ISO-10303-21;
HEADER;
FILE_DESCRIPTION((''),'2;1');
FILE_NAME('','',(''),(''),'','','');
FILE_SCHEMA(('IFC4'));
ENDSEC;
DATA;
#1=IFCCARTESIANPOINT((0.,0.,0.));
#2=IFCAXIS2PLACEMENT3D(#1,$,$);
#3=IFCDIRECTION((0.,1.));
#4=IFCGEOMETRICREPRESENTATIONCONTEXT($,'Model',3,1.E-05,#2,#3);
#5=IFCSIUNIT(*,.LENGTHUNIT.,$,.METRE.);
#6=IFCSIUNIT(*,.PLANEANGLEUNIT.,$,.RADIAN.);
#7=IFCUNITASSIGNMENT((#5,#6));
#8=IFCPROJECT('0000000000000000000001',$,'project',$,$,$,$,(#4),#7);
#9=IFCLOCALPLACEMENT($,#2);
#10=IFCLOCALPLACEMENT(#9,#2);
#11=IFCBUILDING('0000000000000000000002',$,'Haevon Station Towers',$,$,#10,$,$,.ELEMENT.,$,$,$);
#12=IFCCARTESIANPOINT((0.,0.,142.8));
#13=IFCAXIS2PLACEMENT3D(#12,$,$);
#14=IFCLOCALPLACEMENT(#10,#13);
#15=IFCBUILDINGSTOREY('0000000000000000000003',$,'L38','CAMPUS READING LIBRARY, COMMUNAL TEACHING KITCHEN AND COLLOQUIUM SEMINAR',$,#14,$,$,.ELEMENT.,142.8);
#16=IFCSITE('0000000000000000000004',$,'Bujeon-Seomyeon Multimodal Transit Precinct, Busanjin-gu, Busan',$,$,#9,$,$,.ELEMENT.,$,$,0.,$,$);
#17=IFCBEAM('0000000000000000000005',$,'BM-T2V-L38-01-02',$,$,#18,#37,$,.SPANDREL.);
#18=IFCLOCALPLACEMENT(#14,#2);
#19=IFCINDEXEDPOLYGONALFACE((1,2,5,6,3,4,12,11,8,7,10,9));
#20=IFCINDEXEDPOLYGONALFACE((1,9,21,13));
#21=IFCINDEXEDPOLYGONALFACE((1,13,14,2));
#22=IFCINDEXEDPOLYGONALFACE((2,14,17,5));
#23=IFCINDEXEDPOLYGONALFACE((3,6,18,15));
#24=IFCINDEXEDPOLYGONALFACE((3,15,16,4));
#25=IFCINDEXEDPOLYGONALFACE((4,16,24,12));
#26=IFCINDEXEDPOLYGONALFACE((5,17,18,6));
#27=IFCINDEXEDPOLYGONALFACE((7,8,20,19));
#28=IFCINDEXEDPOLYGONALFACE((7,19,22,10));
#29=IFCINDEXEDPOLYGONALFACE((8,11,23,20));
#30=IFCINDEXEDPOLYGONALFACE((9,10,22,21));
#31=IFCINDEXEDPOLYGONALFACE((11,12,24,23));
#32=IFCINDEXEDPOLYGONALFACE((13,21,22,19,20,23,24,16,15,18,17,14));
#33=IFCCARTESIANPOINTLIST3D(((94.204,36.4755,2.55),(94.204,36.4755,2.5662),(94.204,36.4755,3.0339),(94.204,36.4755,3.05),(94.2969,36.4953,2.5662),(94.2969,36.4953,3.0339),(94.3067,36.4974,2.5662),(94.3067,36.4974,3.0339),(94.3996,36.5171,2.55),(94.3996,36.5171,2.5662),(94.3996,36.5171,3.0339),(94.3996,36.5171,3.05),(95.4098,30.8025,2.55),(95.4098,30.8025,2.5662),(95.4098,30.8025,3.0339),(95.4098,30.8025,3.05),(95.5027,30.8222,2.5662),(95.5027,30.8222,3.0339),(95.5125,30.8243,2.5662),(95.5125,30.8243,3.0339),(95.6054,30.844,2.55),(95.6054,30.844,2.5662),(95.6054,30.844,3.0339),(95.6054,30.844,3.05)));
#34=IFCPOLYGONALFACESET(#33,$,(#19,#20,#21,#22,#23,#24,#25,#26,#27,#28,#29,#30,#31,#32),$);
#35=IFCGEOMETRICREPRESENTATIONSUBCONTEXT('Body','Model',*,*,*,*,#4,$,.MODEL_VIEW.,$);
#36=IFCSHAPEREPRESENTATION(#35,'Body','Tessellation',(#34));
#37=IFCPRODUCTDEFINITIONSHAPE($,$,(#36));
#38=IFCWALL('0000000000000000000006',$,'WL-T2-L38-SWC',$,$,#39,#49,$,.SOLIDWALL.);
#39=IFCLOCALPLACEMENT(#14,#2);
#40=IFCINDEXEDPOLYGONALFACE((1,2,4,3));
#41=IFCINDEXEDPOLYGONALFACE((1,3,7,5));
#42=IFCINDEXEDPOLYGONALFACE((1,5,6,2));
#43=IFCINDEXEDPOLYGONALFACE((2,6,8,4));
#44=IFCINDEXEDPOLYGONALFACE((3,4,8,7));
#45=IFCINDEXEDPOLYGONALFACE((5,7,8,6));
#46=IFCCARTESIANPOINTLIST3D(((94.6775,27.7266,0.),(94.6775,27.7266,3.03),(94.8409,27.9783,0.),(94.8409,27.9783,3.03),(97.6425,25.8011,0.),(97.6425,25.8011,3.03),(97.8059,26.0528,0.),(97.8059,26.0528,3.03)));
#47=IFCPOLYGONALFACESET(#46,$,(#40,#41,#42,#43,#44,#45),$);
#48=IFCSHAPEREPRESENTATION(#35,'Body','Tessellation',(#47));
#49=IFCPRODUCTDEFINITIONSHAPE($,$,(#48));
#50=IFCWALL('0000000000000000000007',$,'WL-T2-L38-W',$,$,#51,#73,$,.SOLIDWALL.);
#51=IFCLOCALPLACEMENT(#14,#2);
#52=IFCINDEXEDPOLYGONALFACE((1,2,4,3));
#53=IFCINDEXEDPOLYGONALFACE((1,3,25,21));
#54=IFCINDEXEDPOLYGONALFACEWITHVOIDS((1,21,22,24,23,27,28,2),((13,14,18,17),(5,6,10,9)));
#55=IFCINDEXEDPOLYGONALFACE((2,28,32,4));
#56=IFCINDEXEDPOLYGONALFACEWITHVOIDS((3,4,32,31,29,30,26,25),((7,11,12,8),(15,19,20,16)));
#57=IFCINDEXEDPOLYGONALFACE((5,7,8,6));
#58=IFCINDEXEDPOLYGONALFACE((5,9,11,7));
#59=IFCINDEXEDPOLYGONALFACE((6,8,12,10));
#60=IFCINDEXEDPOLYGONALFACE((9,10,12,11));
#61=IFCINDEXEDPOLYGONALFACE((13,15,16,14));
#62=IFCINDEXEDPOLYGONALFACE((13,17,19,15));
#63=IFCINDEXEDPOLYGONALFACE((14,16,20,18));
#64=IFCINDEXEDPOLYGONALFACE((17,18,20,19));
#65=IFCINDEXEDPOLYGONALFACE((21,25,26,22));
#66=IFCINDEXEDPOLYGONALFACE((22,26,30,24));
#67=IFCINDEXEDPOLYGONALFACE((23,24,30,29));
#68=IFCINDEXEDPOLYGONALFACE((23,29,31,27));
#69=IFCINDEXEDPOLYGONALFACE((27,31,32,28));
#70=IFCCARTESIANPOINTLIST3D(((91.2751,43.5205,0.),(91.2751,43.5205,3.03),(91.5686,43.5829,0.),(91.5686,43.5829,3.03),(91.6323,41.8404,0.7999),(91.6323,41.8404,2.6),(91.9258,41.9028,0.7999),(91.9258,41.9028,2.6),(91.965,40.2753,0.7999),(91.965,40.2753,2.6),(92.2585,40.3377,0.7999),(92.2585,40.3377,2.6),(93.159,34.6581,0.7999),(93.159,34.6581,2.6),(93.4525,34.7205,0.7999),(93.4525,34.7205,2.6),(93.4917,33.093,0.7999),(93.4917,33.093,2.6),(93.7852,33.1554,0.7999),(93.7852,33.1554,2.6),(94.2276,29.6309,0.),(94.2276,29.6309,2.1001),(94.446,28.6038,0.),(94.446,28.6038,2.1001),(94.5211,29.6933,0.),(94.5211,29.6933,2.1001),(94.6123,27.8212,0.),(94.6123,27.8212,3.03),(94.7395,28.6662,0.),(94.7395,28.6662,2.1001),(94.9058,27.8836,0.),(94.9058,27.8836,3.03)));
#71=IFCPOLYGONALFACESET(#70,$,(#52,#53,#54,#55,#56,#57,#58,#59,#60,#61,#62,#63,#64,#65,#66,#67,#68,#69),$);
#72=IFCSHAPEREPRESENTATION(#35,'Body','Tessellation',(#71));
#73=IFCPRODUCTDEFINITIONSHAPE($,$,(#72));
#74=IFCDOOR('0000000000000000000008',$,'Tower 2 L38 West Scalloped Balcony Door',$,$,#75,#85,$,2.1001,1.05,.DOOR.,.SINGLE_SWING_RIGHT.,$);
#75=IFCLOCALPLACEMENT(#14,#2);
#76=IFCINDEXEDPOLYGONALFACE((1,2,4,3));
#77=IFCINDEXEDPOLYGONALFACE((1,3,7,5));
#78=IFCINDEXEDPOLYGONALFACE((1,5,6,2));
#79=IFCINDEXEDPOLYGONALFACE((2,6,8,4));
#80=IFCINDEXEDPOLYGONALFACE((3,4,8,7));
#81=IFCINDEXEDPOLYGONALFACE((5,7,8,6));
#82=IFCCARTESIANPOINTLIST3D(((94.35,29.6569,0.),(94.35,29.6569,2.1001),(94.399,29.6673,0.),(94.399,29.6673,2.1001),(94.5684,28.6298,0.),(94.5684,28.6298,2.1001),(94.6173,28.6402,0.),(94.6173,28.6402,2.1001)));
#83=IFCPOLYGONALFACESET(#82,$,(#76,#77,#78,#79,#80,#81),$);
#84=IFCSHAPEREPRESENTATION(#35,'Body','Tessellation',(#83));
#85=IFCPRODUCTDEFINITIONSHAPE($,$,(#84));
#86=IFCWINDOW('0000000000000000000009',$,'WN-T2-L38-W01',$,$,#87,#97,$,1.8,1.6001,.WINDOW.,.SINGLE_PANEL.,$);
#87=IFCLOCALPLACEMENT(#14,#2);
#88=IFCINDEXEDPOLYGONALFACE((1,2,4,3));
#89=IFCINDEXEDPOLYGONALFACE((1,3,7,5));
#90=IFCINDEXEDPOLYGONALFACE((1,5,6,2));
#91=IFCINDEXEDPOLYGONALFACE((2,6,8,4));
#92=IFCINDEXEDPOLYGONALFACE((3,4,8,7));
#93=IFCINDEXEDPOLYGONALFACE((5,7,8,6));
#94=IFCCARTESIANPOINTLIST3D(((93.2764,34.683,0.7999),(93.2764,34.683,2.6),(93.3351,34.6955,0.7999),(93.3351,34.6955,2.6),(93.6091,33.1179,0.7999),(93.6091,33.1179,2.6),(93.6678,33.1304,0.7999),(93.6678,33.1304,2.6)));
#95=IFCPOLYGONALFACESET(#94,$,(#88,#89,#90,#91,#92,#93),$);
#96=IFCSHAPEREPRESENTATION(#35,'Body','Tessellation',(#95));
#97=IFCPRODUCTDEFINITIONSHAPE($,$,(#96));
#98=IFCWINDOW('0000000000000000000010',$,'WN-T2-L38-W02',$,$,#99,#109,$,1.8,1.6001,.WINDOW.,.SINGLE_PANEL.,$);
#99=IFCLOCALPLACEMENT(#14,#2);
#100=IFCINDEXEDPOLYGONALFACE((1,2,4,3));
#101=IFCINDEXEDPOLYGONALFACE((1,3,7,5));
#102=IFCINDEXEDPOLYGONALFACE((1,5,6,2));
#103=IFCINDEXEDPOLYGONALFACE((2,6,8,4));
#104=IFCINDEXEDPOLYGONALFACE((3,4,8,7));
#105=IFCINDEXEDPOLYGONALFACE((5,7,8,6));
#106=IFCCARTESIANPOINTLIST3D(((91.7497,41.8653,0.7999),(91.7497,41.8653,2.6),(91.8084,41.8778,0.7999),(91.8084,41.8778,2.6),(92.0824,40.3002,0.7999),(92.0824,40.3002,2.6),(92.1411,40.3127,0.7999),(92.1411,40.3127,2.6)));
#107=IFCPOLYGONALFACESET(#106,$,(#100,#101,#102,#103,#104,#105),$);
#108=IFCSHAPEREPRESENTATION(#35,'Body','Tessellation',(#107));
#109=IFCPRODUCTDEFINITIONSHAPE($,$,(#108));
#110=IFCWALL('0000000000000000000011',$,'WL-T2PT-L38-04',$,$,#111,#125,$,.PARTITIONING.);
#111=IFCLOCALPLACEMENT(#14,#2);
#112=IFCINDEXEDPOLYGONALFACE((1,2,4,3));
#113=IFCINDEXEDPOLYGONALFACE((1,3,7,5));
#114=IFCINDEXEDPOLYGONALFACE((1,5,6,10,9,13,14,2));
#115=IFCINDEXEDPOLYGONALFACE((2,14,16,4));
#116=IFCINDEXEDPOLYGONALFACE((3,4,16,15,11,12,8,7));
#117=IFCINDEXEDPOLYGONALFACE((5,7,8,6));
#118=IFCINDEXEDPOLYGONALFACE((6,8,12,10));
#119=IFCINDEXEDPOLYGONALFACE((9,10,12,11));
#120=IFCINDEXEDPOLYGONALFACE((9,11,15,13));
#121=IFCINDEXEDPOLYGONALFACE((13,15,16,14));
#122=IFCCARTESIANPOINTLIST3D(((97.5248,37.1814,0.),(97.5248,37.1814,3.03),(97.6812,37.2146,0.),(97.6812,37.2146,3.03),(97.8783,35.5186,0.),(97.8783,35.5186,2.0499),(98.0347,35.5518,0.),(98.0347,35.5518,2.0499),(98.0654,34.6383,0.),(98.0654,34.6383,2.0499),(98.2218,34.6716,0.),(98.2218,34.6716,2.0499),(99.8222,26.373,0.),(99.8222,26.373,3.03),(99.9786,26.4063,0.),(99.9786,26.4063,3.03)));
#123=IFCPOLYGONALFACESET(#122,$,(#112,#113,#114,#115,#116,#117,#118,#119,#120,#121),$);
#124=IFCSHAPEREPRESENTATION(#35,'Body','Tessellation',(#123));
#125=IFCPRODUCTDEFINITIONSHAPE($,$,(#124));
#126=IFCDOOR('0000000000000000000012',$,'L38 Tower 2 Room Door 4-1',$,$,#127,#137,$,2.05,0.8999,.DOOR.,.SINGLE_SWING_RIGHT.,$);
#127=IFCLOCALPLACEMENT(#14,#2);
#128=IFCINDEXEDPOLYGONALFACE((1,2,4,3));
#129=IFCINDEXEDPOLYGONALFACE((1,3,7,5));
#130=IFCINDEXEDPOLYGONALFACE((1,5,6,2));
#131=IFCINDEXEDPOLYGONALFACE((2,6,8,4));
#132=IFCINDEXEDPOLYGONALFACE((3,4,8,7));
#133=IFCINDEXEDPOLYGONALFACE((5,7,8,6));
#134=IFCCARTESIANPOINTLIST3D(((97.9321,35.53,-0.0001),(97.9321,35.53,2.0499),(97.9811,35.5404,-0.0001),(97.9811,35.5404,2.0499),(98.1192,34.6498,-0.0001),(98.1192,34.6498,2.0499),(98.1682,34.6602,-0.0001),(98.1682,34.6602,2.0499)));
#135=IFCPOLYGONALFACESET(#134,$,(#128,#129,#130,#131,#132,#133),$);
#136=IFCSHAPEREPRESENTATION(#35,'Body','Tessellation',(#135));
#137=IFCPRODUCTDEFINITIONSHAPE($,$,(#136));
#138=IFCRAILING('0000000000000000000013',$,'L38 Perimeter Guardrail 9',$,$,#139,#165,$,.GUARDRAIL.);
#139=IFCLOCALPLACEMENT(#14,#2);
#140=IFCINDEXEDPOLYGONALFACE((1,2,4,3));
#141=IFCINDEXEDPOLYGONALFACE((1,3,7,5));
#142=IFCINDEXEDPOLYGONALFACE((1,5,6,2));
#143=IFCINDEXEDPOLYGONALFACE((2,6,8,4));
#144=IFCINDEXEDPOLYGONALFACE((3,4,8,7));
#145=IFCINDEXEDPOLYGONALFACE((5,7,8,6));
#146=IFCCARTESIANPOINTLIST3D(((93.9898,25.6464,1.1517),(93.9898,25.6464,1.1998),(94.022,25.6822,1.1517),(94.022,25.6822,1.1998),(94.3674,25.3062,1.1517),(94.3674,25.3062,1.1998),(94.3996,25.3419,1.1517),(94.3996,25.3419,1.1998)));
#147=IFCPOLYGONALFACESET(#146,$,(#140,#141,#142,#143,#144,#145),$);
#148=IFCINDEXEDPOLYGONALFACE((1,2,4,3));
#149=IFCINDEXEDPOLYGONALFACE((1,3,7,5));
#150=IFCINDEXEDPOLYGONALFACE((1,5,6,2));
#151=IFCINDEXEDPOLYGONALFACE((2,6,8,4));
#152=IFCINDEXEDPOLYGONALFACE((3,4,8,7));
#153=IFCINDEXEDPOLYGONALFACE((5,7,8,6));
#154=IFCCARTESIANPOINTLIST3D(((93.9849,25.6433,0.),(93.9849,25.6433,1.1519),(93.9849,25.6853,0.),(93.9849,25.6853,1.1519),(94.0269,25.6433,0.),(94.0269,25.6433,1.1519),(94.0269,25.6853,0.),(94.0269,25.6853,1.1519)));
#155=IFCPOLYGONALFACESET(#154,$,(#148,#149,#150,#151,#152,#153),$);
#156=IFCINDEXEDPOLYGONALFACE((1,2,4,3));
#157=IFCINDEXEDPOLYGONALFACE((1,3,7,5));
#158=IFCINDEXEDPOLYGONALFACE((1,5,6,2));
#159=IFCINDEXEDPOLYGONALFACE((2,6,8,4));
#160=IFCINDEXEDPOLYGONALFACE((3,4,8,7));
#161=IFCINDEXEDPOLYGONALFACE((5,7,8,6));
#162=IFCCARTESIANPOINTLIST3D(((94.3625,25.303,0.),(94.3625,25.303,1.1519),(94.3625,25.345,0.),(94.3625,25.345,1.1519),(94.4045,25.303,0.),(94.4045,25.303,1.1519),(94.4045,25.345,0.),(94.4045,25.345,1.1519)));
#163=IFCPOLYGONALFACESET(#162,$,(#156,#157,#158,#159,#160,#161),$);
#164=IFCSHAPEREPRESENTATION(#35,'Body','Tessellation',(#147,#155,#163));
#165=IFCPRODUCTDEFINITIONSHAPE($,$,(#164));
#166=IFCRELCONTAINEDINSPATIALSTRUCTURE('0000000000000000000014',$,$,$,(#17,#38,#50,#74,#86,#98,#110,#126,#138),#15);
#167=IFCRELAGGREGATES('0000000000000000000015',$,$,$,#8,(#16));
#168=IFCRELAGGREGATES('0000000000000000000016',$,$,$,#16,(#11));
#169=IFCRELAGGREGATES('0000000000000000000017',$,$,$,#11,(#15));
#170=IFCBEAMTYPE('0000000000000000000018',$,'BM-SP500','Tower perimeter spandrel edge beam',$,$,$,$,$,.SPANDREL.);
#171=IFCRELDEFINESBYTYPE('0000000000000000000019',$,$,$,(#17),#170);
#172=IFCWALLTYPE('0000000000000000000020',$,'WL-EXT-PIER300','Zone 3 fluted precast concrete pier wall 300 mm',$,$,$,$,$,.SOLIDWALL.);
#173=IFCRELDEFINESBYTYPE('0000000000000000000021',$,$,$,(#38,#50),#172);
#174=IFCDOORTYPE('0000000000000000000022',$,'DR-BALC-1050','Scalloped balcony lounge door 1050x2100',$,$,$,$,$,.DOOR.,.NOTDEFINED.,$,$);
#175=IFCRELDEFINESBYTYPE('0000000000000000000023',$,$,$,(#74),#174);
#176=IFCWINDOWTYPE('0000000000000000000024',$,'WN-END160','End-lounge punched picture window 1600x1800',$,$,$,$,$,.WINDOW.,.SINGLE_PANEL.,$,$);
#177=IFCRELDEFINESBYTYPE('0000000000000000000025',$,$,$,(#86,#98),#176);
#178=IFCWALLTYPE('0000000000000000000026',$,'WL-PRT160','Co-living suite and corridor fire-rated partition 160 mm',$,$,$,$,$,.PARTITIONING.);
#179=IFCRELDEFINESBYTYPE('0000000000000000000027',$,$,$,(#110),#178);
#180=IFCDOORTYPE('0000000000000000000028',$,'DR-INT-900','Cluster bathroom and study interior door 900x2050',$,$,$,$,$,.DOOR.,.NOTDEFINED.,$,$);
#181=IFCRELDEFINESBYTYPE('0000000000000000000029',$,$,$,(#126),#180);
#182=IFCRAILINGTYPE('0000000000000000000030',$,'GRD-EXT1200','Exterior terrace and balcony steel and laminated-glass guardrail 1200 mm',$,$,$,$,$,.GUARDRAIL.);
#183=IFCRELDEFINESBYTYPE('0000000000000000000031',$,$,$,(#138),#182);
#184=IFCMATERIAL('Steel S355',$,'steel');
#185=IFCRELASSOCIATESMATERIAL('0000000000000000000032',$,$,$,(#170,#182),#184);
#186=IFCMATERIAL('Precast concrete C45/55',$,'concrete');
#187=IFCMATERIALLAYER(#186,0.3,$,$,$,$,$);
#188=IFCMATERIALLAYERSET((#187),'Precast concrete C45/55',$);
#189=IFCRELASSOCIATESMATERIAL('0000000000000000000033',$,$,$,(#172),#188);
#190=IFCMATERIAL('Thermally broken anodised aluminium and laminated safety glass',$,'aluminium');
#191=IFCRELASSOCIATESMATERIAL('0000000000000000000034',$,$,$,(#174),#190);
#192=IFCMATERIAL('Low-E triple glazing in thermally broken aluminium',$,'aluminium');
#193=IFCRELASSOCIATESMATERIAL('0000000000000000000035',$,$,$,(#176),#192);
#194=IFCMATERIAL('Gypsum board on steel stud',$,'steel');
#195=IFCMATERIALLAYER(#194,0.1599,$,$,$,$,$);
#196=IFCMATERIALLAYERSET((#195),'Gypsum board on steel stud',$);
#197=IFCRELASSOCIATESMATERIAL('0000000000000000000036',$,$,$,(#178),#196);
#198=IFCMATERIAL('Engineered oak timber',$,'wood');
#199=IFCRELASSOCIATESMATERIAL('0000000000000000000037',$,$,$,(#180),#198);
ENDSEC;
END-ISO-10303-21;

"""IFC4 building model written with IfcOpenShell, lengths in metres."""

from ifc_helpers import new_model, si_unit, direction, frame, frame_2d, origin, origin_2d, place, context, subcontext, project, spatial, rectangle, i_section, extrude, material, layer, layer_set, material_profile, profile_set, type_object, element, fill, save


model = new_model("IFC4")

# Units and contexts
model_context = context("Model", 3, precision=1e-05, world=origin(), true_north=direction((0.0, 1.0)))
body_context = subcontext(model_context, "Body", "Model", "MODEL_VIEW")
ifc_project = project(units=[si_unit("LENGTHUNIT", "METRE"), si_unit("PLANEANGLEUNIT", "RADIAN")], contexts=[model_context])

# Site, building, storey
site_placement = place(None, origin())
site = spatial("IfcSite", under=ifc_project, at=site_placement, Name="Bujeon-Seomyeon Multimodal Transit Precinct, Busanjin-gu, Busan", CompositionType="ELEMENT", RefElevation=0.0)
building_placement = place(site_placement, origin())
building = spatial("IfcBuilding", under=site, at=building_placement, Name="Haevon Station Towers", CompositionType="ELEMENT")
storey_placement = place(building_placement, frame((0.0, 0.0, 142.8)))
storey = spatial("IfcBuildingStorey", under=building, at=storey_placement, Name="L38", Description="CAMPUS READING LIBRARY, COMMUNAL TEACHING KITCHEN AND COLLOQUIUM SEMINAR", CompositionType="ELEMENT", Elevation=142.8)

# Shared definitions
ifc_material_1 = material(Name="Steel S355", Category="steel")

# Beam
ifc_material_profile_1 = material_profile(ifc_material_1, i_section(OverallWidth=0.2, OverallDepth=0.5, WebThickness=0.01, FlangeThickness=0.0161, at=origin_2d()), Name="H-500x200x10x16")
ifc_profile_set_1 = profile_set([ifc_material_profile_1], Name="Steel S355")
beam_type_1 = type_object("IfcBeamType", Name="BM-SP500", Description="Tower perimeter spandrel edge beam", PredefinedType="SPANDREL", material=ifc_profile_set_1)
beam_1_placement = place(storey_placement, frame((95.5076, 30.8232, 2.8), z_axis=(-0.207905, 0.978149, 0.0), x_axis=(-0.978149, -0.207905, 0.0)))
element("IfcBeam", 1, at=beam_1_placement, inside=storey, type_object=beam_type_1, Name="BM-T2V-L38-01-02", PredefinedType="SPANDREL", context=body_context, shape_type="SweptSolid", body=[
    extrude(i_section(OverallWidth=0.2, OverallDepth=0.5, WebThickness=0.01, FlangeThickness=0.0161, at=origin_2d()), origin(), (0.0, 0.0, 1.0), 5.7998),
])

# Wall
ifc_material_2 = material(Name="Precast concrete C45/55", Category="concrete")
ifc_layer_1 = layer(ifc_material_2, 0.3)
ifc_layer_set_1 = layer_set([ifc_layer_1], Name="Precast concrete C45/55")
wall_type_1 = type_object("IfcWallType", Name="WL-EXT-PIER300", Description="Zone 3 fluted precast concrete pier wall 300 mm", PredefinedType="SOLIDWALL", material=ifc_layer_set_1)
wall_1_placement = place(storey_placement, frame((97.7241, 25.927, 0.0), z_axis=(0.0, 0.0, 1.0), x_axis=(-0.838672, 0.544636, 0.0)))
element("IfcWall", 2, at=wall_1_placement, inside=storey, type_object=wall_type_1, Name="WL-T2-L38-SWC", PredefinedType="SOLIDWALL", context=body_context, shape_type="SweptSolid", body=[
    extrude(rectangle(XDim=3.5354, YDim=0.3, at=frame_2d((1.7676, 0.0))), origin(), (0.0, 0.0, 1.0), 3.03),
])

# Wall, openings, door, windows
wall_2_placement = place(storey_placement, frame((94.759, 27.8525, 0.0), z_axis=(0.0, 0.0, 1.0), x_axis=(-0.207923, 0.978145, 0.0)))
wall_2 = element("IfcWall", 3, at=wall_2_placement, inside=storey, type_object=wall_type_1, Name="WL-T2-L38-W", PredefinedType="SOLIDWALL", context=body_context, shape_type="SweptSolid", body=[
    extrude(rectangle(XDim=16.05, YDim=0.3, at=frame_2d((8.0249, 0.0))), origin(), (0.0, 0.0, 1.0), 3.03),
])
opening_1_placement = place(wall_2_placement, frame((0.8, 0.0, 0.0)))
opening_1 = element("IfcOpeningElement", 4, at=opening_1_placement, cuts=wall_2, PredefinedType="OPENING", context=body_context, shape_type="SweptSolid", body=[
    extrude(rectangle(XDim=1.05, YDim=2.1001, at=frame_2d((0.5249, 1.05))), frame((0.0, 0.1599, 0.0), z_axis=(0.0, -1.0, 0.0), x_axis=(1.0, 0.0, 0.0)), (0.0, 0.0, 1.0), 0.3201),
])
opening_2_placement = place(wall_2_placement, frame((5.3894, 0.0, 0.8)))
opening_2 = element("IfcOpeningElement", 5, at=opening_2_placement, cuts=wall_2, PredefinedType="OPENING", context=body_context, shape_type="SweptSolid", body=[
    extrude(rectangle(XDim=1.6001, YDim=1.8, at=frame_2d((0.8, 0.8999))), frame((0.0, 0.1599, 0.0), z_axis=(0.0, -1.0, 0.0), x_axis=(1.0, 0.0, 0.0)), (0.0, 0.0, 1.0), 0.3201),
])
opening_3_placement = place(wall_2_placement, frame((12.7322, 0.0, 0.8)))
opening_3 = element("IfcOpeningElement", 6, at=opening_3_placement, cuts=wall_2, PredefinedType="OPENING", context=body_context, shape_type="SweptSolid", body=[
    extrude(rectangle(XDim=1.6001, YDim=1.8, at=frame_2d((0.8, 0.8999))), frame((0.0, 0.1599, 0.0), z_axis=(0.0, -1.0, 0.0), x_axis=(1.0, 0.0, 0.0)), (0.0, 0.0, 1.0), 0.3201),
])
ifc_material_3 = material(Name="Thermally broken anodised aluminium and laminated safety glass", Category="aluminium")
door_type_1 = type_object("IfcDoorType", Name="DR-BALC-1050", Description="Scalloped balcony lounge door 1050x2100", OperationType="NOTDEFINED", PredefinedType="DOOR", material=ifc_material_3)
door_1_placement = place(opening_1_placement, origin())
door_1 = element("IfcDoor", 7, at=door_1_placement, inside=storey, type_object=door_type_1, Name="Tower 2 L38 West Scalloped Balcony Door", OperationType="SINGLE_SWING_RIGHT", OverallHeight=2.1001, OverallWidth=1.05, PredefinedType="DOOR", context=body_context, shape_type="SweptSolid", body=[
    extrude(rectangle(XDim=1.05, YDim=2.1001, at=frame_2d((0.5249, 1.05))), frame((0.0, 0.0249, 0.0), z_axis=(0.0, -1.0, 0.0), x_axis=(1.0, 0.0, 0.0)), (0.0, 0.0, 1.0), 0.05),
])
fill(opening_1, door_1)
ifc_material_4 = material(Name="Low-E triple glazing in thermally broken aluminium", Category="aluminium")
window_type = type_object("IfcWindowType", Name="WN-END160", Description="End-lounge punched picture window 1600x1800", PartitioningType="SINGLE_PANEL", PredefinedType="WINDOW", material=ifc_material_4)
window_1_placement = place(opening_2_placement, origin())
window_1 = element("IfcWindow", 8, at=window_1_placement, inside=storey, type_object=window_type, Name="WN-T2-L38-W01", OverallHeight=1.8, OverallWidth=1.6001, PartitioningType="SINGLE_PANEL", PredefinedType="WINDOW", context=body_context, shape_type="SweptSolid", body=[
    extrude(rectangle(XDim=1.6001, YDim=1.8, at=frame_2d((0.8, 0.8999))), frame((0.0, 0.03, 0.0), z_axis=(0.0, -1.0, 0.0), x_axis=(1.0, 0.0, 0.0)), (0.0, 0.0, 1.0), 0.0601),
])
fill(opening_2, window_1)
window_2_placement = place(opening_3_placement, origin())
window_2 = element("IfcWindow", 9, at=window_2_placement, inside=storey, type_object=window_type, Name="WN-T2-L38-W02", OverallHeight=1.8, OverallWidth=1.6001, PartitioningType="SINGLE_PANEL", PredefinedType="WINDOW", context=body_context, shape_type="SweptSolid", body=[
    extrude(rectangle(XDim=1.6001, YDim=1.8, at=frame_2d((0.8, 0.8999))), frame((0.0, 0.03, 0.0), z_axis=(0.0, -1.0, 0.0), x_axis=(1.0, 0.0, 0.0)), (0.0, 0.0, 1.0), 0.0601),
])
fill(opening_3, window_2)

# Wall, opening, door
ifc_material_5 = material(Name="Gypsum board on steel stud", Category="steel")
ifc_layer_2 = layer(ifc_material_5, 0.1599)
ifc_layer_set_2 = layer_set([ifc_layer_2], Name="Gypsum board on steel stud")
wall_type_2 = type_object("IfcWallType", Name="WL-PRT160", Description="Co-living suite and corridor fire-rated partition 160 mm", PredefinedType="PARTITIONING", material=ifc_layer_set_2)
wall_3_placement = place(storey_placement, frame((99.9004, 26.3896, 0.0), z_axis=(0.0, 0.0, 1.0), x_axis=(-0.20791, 0.978148, 0.0)))
wall_3 = element("IfcWall", 10, at=wall_3_placement, inside=storey, type_object=wall_type_2, Name="WL-T2PT-L38-04", PredefinedType="PARTITIONING", context=body_context, shape_type="SweptSolid", body=[
    extrude(rectangle(XDim=11.0498, YDim=0.1599, at=frame_2d((5.5249, 0.0))), origin(), (0.0, 0.0, 1.0), 3.03),
])
opening_4_placement = place(wall_3_placement, frame((8.45, 0.0, 0.0)))
opening_4 = element("IfcOpeningElement", 11, at=opening_4_placement, cuts=wall_3, PredefinedType="OPENING", context=body_context, shape_type="SweptSolid", body=[
    extrude(rectangle(XDim=0.8999, YDim=2.05, at=frame_2d((0.45, 1.0249))), frame((0.0, 0.0898, 0.0), z_axis=(0.0, -1.0, 0.0), x_axis=(1.0, 0.0, 0.0)), (0.0, 0.0, 1.0), 0.1799),
])
ifc_material_6 = material(Name="Engineered oak timber", Category="wood")
door_type_2 = type_object("IfcDoorType", Name="DR-INT-900", Description="Cluster bathroom and study interior door 900x2050", OperationType="NOTDEFINED", PredefinedType="DOOR", material=ifc_material_6)
door_2_placement = place(opening_4_placement, origin())
door_2 = element("IfcDoor", 12, at=door_2_placement, inside=storey, type_object=door_type_2, Name="L38 Tower 2 Room Door 4-1", OperationType="SINGLE_SWING_RIGHT", OverallHeight=2.05, OverallWidth=0.8999, PredefinedType="DOOR", context=body_context, shape_type="SweptSolid", body=[
    extrude(rectangle(XDim=0.8999, YDim=2.05, at=frame_2d((0.45, 1.0249))), frame((0.0, 0.0249, 0.0), z_axis=(0.0, -1.0, 0.0), x_axis=(1.0, 0.0, 0.0)), (0.0, 0.0, 1.0), 0.05),
])
fill(opening_4, door_2)

# Railing
railing_type = type_object("IfcRailingType", Name="GRD-EXT1200", Description="Exterior terrace and balcony steel and laminated-glass guardrail 1200 mm", PredefinedType="GUARDRAIL", material=ifc_material_1)
railing_1_placement = place(storey_placement, frame((94.0059, 25.6643, 0.0)))
element("IfcRailing", 13, at=railing_1_placement, inside=storey, type_object=railing_type, Name="L38 Perimeter Guardrail 9", PredefinedType="GUARDRAIL", context=body_context, shape_type="SweptSolid", body=[
    extrude(rectangle(XDim=0.0481, YDim=0.0481, at=origin_2d()), frame((0.0, 0.0, 1.1758), z_axis=(0.742888, -0.669416, 0.0), x_axis=(0.669416, 0.742888, 0.0)), (0.0, 0.0, 1.0), 0.5083),
    extrude(rectangle(XDim=0.042, YDim=0.042, at=origin_2d()), origin(), (0.0, 0.0, 1.0), 1.1519),
    extrude(rectangle(XDim=0.042, YDim=0.042, at=origin_2d()), frame((0.3777, -0.3403, 0.0)), (0.0, 0.0, 1.0), 1.1519),
])

save(model, "model.ifc")
